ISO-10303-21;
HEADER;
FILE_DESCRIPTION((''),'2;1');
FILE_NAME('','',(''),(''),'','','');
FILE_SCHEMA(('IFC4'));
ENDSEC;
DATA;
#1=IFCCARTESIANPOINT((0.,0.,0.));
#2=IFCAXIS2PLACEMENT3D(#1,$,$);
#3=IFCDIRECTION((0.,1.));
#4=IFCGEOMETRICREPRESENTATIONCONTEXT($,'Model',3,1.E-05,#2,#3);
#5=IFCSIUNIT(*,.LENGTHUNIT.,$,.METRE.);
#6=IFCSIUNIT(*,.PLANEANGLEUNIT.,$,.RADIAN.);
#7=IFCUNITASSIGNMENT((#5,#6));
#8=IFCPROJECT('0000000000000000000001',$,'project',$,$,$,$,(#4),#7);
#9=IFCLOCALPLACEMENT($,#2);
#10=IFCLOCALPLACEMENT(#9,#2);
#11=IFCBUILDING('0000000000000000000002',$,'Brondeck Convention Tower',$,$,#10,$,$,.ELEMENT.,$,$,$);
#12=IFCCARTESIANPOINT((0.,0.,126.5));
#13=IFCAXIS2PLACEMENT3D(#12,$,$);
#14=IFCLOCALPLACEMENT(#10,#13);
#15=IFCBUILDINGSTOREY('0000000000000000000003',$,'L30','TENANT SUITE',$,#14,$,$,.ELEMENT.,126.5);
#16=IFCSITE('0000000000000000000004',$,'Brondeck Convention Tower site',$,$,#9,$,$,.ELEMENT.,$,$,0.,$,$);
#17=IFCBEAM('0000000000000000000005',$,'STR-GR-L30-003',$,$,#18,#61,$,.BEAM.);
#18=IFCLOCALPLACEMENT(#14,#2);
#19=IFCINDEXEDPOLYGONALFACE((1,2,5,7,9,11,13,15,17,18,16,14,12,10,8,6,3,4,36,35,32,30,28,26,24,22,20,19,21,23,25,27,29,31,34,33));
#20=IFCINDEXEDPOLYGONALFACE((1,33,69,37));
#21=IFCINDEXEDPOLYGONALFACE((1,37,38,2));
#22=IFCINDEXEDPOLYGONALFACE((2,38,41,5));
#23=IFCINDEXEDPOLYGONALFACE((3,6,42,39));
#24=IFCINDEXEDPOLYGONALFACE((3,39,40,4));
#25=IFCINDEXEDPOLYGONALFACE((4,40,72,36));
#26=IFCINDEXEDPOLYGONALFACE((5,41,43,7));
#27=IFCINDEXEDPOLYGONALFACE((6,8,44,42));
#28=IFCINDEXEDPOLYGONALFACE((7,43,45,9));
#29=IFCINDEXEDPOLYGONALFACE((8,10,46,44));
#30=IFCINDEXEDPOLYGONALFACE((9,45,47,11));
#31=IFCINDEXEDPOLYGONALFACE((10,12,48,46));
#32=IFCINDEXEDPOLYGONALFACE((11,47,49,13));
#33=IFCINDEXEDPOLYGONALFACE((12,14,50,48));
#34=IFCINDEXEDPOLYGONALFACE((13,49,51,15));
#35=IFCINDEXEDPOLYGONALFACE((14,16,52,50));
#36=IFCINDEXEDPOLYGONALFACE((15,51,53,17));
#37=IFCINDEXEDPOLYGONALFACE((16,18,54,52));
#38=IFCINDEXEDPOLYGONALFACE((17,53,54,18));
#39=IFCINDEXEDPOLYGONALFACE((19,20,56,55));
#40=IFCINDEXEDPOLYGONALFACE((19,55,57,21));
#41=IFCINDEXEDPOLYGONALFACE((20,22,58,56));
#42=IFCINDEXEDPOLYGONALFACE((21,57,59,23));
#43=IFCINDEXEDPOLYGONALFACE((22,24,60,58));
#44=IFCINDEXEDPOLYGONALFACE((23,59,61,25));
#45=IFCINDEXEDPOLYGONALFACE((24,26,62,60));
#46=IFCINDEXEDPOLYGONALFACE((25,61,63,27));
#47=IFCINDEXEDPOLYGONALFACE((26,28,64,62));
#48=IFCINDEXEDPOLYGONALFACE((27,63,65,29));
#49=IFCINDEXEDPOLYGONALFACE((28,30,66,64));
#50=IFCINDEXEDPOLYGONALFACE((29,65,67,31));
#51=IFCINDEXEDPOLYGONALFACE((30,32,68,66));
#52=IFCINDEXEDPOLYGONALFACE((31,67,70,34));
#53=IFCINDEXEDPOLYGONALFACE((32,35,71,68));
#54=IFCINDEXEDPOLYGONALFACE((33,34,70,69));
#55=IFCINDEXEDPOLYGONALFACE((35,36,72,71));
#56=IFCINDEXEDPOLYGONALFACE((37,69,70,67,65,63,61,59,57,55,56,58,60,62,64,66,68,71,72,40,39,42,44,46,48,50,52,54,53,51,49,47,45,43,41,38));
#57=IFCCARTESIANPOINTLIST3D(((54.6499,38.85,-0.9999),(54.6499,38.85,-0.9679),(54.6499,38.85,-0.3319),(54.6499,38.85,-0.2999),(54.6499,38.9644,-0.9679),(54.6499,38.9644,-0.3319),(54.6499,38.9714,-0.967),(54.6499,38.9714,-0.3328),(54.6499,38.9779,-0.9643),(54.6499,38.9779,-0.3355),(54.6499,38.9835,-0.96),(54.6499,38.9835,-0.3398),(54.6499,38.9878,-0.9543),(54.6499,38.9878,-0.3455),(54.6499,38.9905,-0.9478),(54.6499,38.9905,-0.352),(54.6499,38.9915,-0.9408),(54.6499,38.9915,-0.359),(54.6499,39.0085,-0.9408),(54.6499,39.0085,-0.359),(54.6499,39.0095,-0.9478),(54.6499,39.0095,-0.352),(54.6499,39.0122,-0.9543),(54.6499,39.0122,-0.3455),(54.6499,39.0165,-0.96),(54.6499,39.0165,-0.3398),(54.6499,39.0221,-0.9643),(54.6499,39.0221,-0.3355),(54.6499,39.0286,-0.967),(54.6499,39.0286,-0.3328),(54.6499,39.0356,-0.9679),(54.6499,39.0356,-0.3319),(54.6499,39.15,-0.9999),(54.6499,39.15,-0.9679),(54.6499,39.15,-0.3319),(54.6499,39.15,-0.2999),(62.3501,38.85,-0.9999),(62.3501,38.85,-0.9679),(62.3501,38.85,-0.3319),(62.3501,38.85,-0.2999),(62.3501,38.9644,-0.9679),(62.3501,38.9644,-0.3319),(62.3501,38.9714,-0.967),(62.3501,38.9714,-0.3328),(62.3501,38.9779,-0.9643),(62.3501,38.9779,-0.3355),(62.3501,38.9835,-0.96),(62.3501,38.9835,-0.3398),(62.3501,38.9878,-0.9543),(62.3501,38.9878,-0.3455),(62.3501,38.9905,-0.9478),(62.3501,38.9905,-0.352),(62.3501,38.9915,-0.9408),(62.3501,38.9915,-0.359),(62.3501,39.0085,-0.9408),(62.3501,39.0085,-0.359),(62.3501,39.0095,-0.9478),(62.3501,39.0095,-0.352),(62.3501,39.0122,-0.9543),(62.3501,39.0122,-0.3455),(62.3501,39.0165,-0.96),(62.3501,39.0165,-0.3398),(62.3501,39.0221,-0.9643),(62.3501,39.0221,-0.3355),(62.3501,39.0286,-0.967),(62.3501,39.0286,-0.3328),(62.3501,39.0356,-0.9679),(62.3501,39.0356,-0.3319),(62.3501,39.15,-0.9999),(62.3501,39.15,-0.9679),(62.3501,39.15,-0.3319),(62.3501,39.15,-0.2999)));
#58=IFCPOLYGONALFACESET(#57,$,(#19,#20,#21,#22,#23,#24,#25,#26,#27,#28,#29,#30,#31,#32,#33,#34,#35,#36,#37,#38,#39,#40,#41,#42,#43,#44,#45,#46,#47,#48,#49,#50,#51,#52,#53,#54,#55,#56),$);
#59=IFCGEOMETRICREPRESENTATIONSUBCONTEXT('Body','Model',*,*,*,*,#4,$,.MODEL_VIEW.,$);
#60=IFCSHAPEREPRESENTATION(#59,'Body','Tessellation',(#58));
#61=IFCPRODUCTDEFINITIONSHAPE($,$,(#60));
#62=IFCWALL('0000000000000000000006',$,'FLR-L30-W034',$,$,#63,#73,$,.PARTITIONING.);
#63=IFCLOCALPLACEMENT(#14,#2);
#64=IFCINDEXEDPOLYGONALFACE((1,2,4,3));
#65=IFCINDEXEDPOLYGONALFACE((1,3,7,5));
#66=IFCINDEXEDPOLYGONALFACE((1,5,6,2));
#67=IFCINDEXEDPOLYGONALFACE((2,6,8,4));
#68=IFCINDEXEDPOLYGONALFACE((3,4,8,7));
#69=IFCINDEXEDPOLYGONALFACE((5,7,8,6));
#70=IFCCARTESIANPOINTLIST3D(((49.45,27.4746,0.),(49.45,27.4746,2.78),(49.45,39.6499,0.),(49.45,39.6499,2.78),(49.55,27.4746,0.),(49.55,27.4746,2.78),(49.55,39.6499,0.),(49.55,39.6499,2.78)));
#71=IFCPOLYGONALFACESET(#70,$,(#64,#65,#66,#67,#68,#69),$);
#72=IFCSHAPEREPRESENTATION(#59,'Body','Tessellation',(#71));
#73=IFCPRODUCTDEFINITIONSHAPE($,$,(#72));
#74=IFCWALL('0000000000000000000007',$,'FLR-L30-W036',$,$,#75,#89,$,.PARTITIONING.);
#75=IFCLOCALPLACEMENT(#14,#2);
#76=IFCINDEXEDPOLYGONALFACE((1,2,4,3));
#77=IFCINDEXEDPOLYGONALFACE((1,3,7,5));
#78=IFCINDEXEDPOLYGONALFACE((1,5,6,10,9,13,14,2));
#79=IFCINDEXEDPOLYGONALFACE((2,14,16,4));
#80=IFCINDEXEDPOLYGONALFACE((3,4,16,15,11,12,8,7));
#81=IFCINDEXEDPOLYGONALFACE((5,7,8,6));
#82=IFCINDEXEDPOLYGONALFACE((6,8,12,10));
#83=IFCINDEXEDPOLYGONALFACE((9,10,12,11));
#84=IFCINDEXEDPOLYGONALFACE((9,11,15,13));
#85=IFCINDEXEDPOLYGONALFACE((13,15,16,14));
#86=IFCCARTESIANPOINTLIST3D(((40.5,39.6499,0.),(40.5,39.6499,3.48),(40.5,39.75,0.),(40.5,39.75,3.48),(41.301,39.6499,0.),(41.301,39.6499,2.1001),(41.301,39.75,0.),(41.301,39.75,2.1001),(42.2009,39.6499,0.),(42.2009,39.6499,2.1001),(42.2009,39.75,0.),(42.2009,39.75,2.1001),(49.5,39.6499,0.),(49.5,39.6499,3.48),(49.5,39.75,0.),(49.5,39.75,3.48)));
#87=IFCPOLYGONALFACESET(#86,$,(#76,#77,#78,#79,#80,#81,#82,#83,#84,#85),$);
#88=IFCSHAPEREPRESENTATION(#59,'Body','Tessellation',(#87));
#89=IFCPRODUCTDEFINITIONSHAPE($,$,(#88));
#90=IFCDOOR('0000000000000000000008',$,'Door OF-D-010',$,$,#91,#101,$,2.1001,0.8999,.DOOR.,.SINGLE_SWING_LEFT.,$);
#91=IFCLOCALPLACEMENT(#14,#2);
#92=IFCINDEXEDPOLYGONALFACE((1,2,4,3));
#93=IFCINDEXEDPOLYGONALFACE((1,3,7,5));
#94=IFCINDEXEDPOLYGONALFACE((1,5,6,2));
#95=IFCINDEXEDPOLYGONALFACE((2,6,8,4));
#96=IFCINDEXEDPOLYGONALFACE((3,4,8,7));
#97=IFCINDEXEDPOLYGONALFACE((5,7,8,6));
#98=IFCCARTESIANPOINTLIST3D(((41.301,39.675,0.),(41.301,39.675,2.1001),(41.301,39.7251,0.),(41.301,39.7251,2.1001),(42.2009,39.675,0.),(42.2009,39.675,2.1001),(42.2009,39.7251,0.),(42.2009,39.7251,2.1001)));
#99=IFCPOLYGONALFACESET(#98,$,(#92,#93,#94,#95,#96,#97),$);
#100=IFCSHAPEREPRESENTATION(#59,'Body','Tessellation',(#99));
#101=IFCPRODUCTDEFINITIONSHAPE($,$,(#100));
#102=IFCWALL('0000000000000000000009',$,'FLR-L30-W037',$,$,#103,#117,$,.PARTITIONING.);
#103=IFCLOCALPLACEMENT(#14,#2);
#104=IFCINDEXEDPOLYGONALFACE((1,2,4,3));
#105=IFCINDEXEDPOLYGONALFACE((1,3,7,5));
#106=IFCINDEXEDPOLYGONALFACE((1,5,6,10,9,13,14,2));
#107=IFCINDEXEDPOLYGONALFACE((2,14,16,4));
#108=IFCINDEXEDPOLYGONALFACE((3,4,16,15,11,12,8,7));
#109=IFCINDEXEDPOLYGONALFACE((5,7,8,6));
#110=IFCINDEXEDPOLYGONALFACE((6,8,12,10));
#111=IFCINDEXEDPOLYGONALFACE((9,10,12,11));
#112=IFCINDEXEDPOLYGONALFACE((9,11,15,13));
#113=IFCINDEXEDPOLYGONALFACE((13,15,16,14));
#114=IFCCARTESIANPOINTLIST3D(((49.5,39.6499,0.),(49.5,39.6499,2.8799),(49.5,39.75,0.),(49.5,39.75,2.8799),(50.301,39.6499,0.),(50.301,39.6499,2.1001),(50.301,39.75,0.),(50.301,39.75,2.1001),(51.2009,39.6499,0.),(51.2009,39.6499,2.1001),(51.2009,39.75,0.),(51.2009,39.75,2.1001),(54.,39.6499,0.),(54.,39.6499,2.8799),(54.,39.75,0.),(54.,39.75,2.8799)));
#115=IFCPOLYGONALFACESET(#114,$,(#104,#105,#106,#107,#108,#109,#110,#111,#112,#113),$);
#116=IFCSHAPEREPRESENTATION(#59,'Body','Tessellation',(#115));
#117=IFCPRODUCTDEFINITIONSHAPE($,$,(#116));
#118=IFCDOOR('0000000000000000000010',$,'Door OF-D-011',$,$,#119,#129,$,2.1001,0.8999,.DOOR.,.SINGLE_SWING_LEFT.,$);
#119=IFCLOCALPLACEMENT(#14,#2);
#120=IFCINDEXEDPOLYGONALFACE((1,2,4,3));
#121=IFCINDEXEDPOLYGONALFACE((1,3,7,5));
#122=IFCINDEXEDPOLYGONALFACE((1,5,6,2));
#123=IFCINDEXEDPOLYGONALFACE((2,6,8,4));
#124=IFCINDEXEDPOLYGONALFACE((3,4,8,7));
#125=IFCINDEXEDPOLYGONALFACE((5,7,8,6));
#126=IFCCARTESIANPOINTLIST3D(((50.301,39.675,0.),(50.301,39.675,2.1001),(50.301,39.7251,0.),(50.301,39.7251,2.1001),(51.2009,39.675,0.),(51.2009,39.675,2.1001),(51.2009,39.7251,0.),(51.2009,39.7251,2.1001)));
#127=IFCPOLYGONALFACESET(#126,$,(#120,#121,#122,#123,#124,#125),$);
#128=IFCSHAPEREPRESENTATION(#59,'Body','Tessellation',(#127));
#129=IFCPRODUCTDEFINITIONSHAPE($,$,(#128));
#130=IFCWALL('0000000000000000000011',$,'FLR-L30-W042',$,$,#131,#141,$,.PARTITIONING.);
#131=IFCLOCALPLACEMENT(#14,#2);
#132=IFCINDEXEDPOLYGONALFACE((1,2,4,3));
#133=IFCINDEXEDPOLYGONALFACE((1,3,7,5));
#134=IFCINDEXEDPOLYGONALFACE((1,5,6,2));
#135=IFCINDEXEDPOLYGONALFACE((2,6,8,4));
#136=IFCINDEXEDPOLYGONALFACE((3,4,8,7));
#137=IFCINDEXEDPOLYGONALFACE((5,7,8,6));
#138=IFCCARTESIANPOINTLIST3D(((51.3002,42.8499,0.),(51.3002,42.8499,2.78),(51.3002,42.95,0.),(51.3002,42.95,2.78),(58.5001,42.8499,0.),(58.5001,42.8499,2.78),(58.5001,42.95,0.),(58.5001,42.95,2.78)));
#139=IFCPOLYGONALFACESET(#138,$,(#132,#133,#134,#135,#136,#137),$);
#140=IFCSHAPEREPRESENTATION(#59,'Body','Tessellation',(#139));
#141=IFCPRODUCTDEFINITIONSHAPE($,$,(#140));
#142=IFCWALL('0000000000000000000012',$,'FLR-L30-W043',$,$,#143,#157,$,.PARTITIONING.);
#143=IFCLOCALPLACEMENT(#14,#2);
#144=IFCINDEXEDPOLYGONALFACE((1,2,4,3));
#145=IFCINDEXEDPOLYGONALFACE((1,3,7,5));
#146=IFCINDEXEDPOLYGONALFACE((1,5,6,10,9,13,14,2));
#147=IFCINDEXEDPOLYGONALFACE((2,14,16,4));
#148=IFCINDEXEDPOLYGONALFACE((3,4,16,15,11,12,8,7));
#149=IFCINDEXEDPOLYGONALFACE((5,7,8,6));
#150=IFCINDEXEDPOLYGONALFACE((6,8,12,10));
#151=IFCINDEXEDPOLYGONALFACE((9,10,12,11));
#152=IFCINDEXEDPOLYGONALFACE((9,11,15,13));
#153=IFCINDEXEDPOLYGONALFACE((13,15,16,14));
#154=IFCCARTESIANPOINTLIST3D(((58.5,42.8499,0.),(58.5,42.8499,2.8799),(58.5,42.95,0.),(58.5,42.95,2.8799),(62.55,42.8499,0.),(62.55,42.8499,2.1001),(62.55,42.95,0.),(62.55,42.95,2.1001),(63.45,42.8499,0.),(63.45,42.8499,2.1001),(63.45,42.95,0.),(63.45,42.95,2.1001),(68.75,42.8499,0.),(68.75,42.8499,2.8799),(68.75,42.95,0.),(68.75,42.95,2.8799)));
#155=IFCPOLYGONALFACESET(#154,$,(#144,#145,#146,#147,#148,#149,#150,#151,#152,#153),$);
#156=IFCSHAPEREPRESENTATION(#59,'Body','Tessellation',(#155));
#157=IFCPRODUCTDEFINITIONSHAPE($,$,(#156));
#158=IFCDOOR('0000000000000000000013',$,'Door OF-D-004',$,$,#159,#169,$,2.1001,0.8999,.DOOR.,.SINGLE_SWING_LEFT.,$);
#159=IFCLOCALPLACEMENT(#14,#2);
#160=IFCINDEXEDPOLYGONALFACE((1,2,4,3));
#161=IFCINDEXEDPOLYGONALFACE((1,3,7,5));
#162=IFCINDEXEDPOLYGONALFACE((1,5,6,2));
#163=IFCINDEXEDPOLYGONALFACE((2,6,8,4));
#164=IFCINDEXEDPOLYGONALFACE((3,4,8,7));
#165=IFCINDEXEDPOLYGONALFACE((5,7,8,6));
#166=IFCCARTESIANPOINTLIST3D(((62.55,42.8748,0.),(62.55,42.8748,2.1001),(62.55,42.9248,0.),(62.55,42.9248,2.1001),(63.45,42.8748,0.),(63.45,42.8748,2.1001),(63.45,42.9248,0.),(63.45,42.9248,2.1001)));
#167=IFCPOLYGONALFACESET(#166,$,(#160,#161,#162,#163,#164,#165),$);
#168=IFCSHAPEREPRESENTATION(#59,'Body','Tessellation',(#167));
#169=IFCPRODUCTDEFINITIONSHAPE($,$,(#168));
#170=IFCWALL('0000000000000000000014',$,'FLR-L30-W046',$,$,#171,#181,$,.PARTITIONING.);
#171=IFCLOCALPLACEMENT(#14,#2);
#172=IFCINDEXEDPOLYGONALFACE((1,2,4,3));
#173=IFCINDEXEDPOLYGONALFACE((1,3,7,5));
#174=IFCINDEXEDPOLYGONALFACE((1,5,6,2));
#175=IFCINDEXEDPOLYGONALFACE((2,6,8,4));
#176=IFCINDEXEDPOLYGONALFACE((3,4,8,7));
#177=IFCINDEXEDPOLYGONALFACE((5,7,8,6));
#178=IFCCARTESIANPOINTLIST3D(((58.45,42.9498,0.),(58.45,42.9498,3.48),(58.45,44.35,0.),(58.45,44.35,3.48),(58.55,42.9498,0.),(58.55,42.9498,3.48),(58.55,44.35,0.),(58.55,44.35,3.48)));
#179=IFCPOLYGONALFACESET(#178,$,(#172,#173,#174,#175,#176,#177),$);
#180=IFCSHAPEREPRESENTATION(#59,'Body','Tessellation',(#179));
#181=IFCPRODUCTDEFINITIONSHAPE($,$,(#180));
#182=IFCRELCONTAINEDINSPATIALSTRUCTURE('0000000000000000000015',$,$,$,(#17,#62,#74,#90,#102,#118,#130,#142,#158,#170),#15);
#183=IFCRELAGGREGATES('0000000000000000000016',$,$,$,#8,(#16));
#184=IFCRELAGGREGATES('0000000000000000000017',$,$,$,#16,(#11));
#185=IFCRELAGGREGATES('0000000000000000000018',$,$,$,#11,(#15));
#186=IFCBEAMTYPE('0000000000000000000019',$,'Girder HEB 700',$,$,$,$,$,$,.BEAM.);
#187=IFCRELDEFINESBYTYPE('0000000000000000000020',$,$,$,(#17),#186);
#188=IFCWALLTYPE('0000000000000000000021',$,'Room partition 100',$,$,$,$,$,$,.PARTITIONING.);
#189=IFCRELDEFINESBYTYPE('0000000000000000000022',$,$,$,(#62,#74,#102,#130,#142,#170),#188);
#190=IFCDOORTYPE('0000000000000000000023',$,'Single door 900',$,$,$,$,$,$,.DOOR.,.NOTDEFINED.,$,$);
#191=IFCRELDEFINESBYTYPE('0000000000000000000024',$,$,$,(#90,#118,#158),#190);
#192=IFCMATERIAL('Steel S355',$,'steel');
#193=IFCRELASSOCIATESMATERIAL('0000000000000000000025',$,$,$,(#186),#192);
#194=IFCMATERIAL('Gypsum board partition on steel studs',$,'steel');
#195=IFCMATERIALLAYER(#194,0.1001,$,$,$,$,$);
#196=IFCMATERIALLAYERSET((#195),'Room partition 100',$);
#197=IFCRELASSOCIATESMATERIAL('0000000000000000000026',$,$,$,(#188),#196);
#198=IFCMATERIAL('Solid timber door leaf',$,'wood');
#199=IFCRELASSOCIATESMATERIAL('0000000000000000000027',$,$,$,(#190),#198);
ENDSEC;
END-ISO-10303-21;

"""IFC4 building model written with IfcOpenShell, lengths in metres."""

from ifc_helpers import new_model, si_unit, direction, frame, frame_2d, origin, origin_2d, place, context, subcontext, project, spatial, rectangle, i_section, extrude, material, layer, layer_set, material_profile, profile_set, type_object, element, fill, save


model = new_model("IFC4")

# Units and contexts
model_context = context("Model", 3, precision=1e-05, world=origin(), true_north=direction((0.0, 1.0)))
body_context = subcontext(model_context, "Body", "Model", "MODEL_VIEW")
ifc_project = project(units=[si_unit("LENGTHUNIT", "METRE"), si_unit("PLANEANGLEUNIT", "RADIAN")], contexts=[model_context])

# Site, building, storey
site_placement = place(None, origin())
site = spatial("IfcSite", under=ifc_project, at=site_placement, Name="Brondeck Convention Tower site", CompositionType="ELEMENT", RefElevation=0.0)
building_placement = place(site_placement, origin())
building = spatial("IfcBuilding", under=site, at=building_placement, Name="Brondeck Convention Tower", CompositionType="ELEMENT")
storey_placement = place(building_placement, frame((0.0, 0.0, 126.5)))
storey = spatial("IfcBuildingStorey", under=building, at=storey_placement, Name="L30", Description="TENANT SUITE", CompositionType="ELEMENT", Elevation=126.5)

# Beam
ifc_material_1 = material(Name="Steel S355", Category="steel")
ifc_material_profile_1 = material_profile(ifc_material_1, i_section(OverallWidth=0.3, OverallDepth=0.7, WebThickness=0.0171, FlangeThickness=0.032, FilletRadius=0.0271, at=origin_2d()), Name="HEB 700")
ifc_profile_set_1 = profile_set([ifc_material_profile_1], Name="Steel S355")
beam_type_1 = type_object("IfcBeamType", Name="Girder HEB 700", PredefinedType="BEAM", material=ifc_profile_set_1)
for number, where, z_axis, x_axis, name in (
    (1, (54.6499, 39.0, -0.6499), (1.0, 0.0, 0.0), (0.0, 1.0, 0.0), "STR-GR-L30-003"),
):
    element("IfcBeam", number, at=place(storey_placement, frame(where, z_axis=z_axis, x_axis=x_axis)), inside=storey, type_object=beam_type_1, Name=name, PredefinedType="BEAM", context=body_context, shape_type="SweptSolid", body=[
        extrude(i_section(OverallWidth=0.3, OverallDepth=0.7, WebThickness=0.0171, FlangeThickness=0.032, FilletRadius=0.0271, at=origin_2d()), origin(), (0.0, 0.0, 1.0), 7.7002),
    ])

# Wall
ifc_material_2 = material(Name="Gypsum board partition on steel studs", Category="steel")
ifc_layer_1 = layer(ifc_material_2, 0.1001)
ifc_layer_set_1 = layer_set([ifc_layer_1], Name="Room partition 100")
wall_type_1 = type_object("IfcWallType", Name="Room partition 100", PredefinedType="PARTITIONING", material=ifc_layer_set_1)
wall_1_placement = place(storey_placement, frame((49.5, 39.6499, 0.0), z_axis=(0.0, 0.0, 1.0), x_axis=(0.0, -1.0, 0.0)))
element("IfcWall", 2, at=wall_1_placement, inside=storey, type_object=wall_type_1, Name="FLR-L30-W034", PredefinedType="PARTITIONING", context=body_context, shape_type="SweptSolid", body=[
    extrude(rectangle(XDim=12.1753, YDim=0.1001, at=frame_2d((6.0876, 0.0))), origin(), (0.0, 0.0, 1.0), 2.78),
])

# Walls, openings, doors
wall_2_placement = place(storey_placement, frame((49.5, 39.7, 0.0), z_axis=(0.0, 0.0, 1.0), x_axis=(-1.0, 0.0, 0.0)))
wall_2 = element("IfcWall", 3, at=wall_2_placement, inside=storey, type_object=wall_type_1, Name="FLR-L30-W036", PredefinedType="PARTITIONING", context=body_context, shape_type="SweptSolid", body=[
    extrude(rectangle(XDim=9.0, YDim=0.1001, at=frame_2d((4.5, 0.0))), origin(), (0.0, 0.0, 1.0), 3.48),
])
opening_1_placement = place(wall_2_placement, frame((7.2991, 0.0, 0.0)))
opening_1 = element("IfcOpeningElement", 4, at=opening_1_placement, cuts=wall_2, PredefinedType="OPENING", context=body_context, shape_type="SweptSolid", body=[
    extrude(rectangle(XDim=0.8999, YDim=2.1001, at=frame_2d((0.45, 1.05))), frame((0.0, 0.0601, 0.0), z_axis=(0.0, -1.0, 0.0), x_axis=(1.0, 0.0, 0.0)), (0.0, 0.0, 1.0), 0.1201),
])
ifc_material_3 = material(Name="Solid timber door leaf", Category="wood")
door_type_1 = type_object("IfcDoorType", Name="Single door 900", OperationType="NOTDEFINED", PredefinedType="DOOR", material=ifc_material_3)
door_1_placement = place(opening_1_placement, origin())
door_1 = element("IfcDoor", 5, at=door_1_placement, inside=storey, type_object=door_type_1, Name="Door OF-D-010", OperationType="SINGLE_SWING_LEFT", OverallHeight=2.1001, OverallWidth=0.8999, PredefinedType="DOOR", context=body_context, shape_type="SweptSolid", body=[
    extrude(rectangle(XDim=0.8999, YDim=2.1001, at=frame_2d((0.45, 1.05))), frame((0.0, 0.0249, 0.0), z_axis=(0.0, -1.0, 0.0), x_axis=(1.0, 0.0, 0.0)), (0.0, 0.0, 1.0), 0.05),
])
fill(opening_1, door_1)
wall_3_placement = place(storey_placement, frame((54.0, 39.7, 0.0), z_axis=(0.0, 0.0, 1.0), x_axis=(-1.0, 0.0, 0.0)))
wall_3 = element("IfcWall", 6, at=wall_3_placement, inside=storey, type_object=wall_type_1, Name="FLR-L30-W037", PredefinedType="PARTITIONING", context=body_context, shape_type="SweptSolid", body=[
    extrude(rectangle(XDim=4.5, YDim=0.1001, at=frame_2d((2.25, 0.0))), origin(), (0.0, 0.0, 1.0), 2.8799),
])
opening_2_placement = place(wall_3_placement, frame((2.7991, 0.0, 0.0)))
opening_2 = element("IfcOpeningElement", 7, at=opening_2_placement, cuts=wall_3, PredefinedType="OPENING", context=body_context, shape_type="SweptSolid", body=[
    extrude(rectangle(XDim=0.8999, YDim=2.1001, at=frame_2d((0.45, 1.05))), frame((0.0, 0.0601, 0.0), z_axis=(0.0, -1.0, 0.0), x_axis=(1.0, 0.0, 0.0)), (0.0, 0.0, 1.0), 0.1201),
])
door_2_placement = place(opening_2_placement, origin())
door_2 = element("IfcDoor", 8, at=door_2_placement, inside=storey, type_object=door_type_1, Name="Door OF-D-011", OperationType="SINGLE_SWING_LEFT", OverallHeight=2.1001, OverallWidth=0.8999, PredefinedType="DOOR", context=body_context, shape_type="SweptSolid", body=[
    extrude(rectangle(XDim=0.8999, YDim=2.1001, at=frame_2d((0.45, 1.05))), frame((0.0, 0.0249, 0.0), z_axis=(0.0, -1.0, 0.0), x_axis=(1.0, 0.0, 0.0)), (0.0, 0.0, 1.0), 0.05),
])
fill(opening_2, door_2)

# Wall
wall_4_placement = place(storey_placement, frame((51.3, 42.8999, 0.0), z_axis=(0.0, 0.0, 1.0), x_axis=(1.0, 0.0, 0.0)))
element("IfcWall", 9, at=wall_4_placement, inside=storey, type_object=wall_type_1, Name="FLR-L30-W042", PredefinedType="PARTITIONING", context=body_context, shape_type="SweptSolid", body=[
    extrude(rectangle(XDim=7.2, YDim=0.1001, at=frame_2d((3.6001, 0.0))), origin(), (0.0, 0.0, 1.0), 2.78),
])

# Wall, opening, door
wall_5_placement = place(storey_placement, frame((58.5, 42.8999, 0.0), z_axis=(0.0, 0.0, 1.0), x_axis=(1.0, 0.0, 0.0)))
wall_5 = element("IfcWall", 10, at=wall_5_placement, inside=storey, type_object=wall_type_1, Name="FLR-L30-W043", PredefinedType="PARTITIONING", context=body_context, shape_type="SweptSolid", body=[
    extrude(rectangle(XDim=10.25, YDim=0.1001, at=frame_2d((5.125, 0.0))), origin(), (0.0, 0.0, 1.0), 2.8799),
])
opening_3_placement = place(wall_5_placement, frame((4.05, 0.0, 0.0)))
opening_3 = element("IfcOpeningElement", 11, at=opening_3_placement, cuts=wall_5, PredefinedType="OPENING", context=body_context, shape_type="SweptSolid", body=[
    extrude(rectangle(XDim=0.8999, YDim=2.1001, at=frame_2d((0.45, 1.05))), frame((0.0, 0.0601, 0.0), z_axis=(0.0, -1.0, 0.0), x_axis=(1.0, 0.0, 0.0)), (0.0, 0.0, 1.0), 0.1201),
])
door_3_placement = place(opening_3_placement, origin())
door_3 = element("IfcDoor", 12, at=door_3_placement, inside=storey, type_object=door_type_1, Name="Door OF-D-004", OperationType="SINGLE_SWING_LEFT", OverallHeight=2.1001, OverallWidth=0.8999, PredefinedType="DOOR", context=body_context, shape_type="SweptSolid", body=[
    extrude(rectangle(XDim=0.8999, YDim=2.1001, at=frame_2d((0.45, 1.05))), frame((0.0, 0.0249, 0.0), z_axis=(0.0, -1.0, 0.0), x_axis=(1.0, 0.0, 0.0)), (0.0, 0.0, 1.0), 0.05),
])
fill(opening_3, door_3)

# Wall
wall_6_placement = place(storey_placement, frame((58.5, 44.3501, 0.0), z_axis=(0.0, 0.0, 1.0), x_axis=(0.0, -1.0, 0.0)))
element("IfcWall", 13, at=wall_6_placement, inside=storey, type_object=wall_type_1, Name="FLR-L30-W046", PredefinedType="PARTITIONING", context=body_context, shape_type="SweptSolid", body=[
    extrude(rectangle(XDim=1.4001, YDim=0.1001, at=frame_2d((0.7002, 0.0))), origin(), (0.0, 0.0, 1.0), 3.48),
])

save(model, "model.ifc")
